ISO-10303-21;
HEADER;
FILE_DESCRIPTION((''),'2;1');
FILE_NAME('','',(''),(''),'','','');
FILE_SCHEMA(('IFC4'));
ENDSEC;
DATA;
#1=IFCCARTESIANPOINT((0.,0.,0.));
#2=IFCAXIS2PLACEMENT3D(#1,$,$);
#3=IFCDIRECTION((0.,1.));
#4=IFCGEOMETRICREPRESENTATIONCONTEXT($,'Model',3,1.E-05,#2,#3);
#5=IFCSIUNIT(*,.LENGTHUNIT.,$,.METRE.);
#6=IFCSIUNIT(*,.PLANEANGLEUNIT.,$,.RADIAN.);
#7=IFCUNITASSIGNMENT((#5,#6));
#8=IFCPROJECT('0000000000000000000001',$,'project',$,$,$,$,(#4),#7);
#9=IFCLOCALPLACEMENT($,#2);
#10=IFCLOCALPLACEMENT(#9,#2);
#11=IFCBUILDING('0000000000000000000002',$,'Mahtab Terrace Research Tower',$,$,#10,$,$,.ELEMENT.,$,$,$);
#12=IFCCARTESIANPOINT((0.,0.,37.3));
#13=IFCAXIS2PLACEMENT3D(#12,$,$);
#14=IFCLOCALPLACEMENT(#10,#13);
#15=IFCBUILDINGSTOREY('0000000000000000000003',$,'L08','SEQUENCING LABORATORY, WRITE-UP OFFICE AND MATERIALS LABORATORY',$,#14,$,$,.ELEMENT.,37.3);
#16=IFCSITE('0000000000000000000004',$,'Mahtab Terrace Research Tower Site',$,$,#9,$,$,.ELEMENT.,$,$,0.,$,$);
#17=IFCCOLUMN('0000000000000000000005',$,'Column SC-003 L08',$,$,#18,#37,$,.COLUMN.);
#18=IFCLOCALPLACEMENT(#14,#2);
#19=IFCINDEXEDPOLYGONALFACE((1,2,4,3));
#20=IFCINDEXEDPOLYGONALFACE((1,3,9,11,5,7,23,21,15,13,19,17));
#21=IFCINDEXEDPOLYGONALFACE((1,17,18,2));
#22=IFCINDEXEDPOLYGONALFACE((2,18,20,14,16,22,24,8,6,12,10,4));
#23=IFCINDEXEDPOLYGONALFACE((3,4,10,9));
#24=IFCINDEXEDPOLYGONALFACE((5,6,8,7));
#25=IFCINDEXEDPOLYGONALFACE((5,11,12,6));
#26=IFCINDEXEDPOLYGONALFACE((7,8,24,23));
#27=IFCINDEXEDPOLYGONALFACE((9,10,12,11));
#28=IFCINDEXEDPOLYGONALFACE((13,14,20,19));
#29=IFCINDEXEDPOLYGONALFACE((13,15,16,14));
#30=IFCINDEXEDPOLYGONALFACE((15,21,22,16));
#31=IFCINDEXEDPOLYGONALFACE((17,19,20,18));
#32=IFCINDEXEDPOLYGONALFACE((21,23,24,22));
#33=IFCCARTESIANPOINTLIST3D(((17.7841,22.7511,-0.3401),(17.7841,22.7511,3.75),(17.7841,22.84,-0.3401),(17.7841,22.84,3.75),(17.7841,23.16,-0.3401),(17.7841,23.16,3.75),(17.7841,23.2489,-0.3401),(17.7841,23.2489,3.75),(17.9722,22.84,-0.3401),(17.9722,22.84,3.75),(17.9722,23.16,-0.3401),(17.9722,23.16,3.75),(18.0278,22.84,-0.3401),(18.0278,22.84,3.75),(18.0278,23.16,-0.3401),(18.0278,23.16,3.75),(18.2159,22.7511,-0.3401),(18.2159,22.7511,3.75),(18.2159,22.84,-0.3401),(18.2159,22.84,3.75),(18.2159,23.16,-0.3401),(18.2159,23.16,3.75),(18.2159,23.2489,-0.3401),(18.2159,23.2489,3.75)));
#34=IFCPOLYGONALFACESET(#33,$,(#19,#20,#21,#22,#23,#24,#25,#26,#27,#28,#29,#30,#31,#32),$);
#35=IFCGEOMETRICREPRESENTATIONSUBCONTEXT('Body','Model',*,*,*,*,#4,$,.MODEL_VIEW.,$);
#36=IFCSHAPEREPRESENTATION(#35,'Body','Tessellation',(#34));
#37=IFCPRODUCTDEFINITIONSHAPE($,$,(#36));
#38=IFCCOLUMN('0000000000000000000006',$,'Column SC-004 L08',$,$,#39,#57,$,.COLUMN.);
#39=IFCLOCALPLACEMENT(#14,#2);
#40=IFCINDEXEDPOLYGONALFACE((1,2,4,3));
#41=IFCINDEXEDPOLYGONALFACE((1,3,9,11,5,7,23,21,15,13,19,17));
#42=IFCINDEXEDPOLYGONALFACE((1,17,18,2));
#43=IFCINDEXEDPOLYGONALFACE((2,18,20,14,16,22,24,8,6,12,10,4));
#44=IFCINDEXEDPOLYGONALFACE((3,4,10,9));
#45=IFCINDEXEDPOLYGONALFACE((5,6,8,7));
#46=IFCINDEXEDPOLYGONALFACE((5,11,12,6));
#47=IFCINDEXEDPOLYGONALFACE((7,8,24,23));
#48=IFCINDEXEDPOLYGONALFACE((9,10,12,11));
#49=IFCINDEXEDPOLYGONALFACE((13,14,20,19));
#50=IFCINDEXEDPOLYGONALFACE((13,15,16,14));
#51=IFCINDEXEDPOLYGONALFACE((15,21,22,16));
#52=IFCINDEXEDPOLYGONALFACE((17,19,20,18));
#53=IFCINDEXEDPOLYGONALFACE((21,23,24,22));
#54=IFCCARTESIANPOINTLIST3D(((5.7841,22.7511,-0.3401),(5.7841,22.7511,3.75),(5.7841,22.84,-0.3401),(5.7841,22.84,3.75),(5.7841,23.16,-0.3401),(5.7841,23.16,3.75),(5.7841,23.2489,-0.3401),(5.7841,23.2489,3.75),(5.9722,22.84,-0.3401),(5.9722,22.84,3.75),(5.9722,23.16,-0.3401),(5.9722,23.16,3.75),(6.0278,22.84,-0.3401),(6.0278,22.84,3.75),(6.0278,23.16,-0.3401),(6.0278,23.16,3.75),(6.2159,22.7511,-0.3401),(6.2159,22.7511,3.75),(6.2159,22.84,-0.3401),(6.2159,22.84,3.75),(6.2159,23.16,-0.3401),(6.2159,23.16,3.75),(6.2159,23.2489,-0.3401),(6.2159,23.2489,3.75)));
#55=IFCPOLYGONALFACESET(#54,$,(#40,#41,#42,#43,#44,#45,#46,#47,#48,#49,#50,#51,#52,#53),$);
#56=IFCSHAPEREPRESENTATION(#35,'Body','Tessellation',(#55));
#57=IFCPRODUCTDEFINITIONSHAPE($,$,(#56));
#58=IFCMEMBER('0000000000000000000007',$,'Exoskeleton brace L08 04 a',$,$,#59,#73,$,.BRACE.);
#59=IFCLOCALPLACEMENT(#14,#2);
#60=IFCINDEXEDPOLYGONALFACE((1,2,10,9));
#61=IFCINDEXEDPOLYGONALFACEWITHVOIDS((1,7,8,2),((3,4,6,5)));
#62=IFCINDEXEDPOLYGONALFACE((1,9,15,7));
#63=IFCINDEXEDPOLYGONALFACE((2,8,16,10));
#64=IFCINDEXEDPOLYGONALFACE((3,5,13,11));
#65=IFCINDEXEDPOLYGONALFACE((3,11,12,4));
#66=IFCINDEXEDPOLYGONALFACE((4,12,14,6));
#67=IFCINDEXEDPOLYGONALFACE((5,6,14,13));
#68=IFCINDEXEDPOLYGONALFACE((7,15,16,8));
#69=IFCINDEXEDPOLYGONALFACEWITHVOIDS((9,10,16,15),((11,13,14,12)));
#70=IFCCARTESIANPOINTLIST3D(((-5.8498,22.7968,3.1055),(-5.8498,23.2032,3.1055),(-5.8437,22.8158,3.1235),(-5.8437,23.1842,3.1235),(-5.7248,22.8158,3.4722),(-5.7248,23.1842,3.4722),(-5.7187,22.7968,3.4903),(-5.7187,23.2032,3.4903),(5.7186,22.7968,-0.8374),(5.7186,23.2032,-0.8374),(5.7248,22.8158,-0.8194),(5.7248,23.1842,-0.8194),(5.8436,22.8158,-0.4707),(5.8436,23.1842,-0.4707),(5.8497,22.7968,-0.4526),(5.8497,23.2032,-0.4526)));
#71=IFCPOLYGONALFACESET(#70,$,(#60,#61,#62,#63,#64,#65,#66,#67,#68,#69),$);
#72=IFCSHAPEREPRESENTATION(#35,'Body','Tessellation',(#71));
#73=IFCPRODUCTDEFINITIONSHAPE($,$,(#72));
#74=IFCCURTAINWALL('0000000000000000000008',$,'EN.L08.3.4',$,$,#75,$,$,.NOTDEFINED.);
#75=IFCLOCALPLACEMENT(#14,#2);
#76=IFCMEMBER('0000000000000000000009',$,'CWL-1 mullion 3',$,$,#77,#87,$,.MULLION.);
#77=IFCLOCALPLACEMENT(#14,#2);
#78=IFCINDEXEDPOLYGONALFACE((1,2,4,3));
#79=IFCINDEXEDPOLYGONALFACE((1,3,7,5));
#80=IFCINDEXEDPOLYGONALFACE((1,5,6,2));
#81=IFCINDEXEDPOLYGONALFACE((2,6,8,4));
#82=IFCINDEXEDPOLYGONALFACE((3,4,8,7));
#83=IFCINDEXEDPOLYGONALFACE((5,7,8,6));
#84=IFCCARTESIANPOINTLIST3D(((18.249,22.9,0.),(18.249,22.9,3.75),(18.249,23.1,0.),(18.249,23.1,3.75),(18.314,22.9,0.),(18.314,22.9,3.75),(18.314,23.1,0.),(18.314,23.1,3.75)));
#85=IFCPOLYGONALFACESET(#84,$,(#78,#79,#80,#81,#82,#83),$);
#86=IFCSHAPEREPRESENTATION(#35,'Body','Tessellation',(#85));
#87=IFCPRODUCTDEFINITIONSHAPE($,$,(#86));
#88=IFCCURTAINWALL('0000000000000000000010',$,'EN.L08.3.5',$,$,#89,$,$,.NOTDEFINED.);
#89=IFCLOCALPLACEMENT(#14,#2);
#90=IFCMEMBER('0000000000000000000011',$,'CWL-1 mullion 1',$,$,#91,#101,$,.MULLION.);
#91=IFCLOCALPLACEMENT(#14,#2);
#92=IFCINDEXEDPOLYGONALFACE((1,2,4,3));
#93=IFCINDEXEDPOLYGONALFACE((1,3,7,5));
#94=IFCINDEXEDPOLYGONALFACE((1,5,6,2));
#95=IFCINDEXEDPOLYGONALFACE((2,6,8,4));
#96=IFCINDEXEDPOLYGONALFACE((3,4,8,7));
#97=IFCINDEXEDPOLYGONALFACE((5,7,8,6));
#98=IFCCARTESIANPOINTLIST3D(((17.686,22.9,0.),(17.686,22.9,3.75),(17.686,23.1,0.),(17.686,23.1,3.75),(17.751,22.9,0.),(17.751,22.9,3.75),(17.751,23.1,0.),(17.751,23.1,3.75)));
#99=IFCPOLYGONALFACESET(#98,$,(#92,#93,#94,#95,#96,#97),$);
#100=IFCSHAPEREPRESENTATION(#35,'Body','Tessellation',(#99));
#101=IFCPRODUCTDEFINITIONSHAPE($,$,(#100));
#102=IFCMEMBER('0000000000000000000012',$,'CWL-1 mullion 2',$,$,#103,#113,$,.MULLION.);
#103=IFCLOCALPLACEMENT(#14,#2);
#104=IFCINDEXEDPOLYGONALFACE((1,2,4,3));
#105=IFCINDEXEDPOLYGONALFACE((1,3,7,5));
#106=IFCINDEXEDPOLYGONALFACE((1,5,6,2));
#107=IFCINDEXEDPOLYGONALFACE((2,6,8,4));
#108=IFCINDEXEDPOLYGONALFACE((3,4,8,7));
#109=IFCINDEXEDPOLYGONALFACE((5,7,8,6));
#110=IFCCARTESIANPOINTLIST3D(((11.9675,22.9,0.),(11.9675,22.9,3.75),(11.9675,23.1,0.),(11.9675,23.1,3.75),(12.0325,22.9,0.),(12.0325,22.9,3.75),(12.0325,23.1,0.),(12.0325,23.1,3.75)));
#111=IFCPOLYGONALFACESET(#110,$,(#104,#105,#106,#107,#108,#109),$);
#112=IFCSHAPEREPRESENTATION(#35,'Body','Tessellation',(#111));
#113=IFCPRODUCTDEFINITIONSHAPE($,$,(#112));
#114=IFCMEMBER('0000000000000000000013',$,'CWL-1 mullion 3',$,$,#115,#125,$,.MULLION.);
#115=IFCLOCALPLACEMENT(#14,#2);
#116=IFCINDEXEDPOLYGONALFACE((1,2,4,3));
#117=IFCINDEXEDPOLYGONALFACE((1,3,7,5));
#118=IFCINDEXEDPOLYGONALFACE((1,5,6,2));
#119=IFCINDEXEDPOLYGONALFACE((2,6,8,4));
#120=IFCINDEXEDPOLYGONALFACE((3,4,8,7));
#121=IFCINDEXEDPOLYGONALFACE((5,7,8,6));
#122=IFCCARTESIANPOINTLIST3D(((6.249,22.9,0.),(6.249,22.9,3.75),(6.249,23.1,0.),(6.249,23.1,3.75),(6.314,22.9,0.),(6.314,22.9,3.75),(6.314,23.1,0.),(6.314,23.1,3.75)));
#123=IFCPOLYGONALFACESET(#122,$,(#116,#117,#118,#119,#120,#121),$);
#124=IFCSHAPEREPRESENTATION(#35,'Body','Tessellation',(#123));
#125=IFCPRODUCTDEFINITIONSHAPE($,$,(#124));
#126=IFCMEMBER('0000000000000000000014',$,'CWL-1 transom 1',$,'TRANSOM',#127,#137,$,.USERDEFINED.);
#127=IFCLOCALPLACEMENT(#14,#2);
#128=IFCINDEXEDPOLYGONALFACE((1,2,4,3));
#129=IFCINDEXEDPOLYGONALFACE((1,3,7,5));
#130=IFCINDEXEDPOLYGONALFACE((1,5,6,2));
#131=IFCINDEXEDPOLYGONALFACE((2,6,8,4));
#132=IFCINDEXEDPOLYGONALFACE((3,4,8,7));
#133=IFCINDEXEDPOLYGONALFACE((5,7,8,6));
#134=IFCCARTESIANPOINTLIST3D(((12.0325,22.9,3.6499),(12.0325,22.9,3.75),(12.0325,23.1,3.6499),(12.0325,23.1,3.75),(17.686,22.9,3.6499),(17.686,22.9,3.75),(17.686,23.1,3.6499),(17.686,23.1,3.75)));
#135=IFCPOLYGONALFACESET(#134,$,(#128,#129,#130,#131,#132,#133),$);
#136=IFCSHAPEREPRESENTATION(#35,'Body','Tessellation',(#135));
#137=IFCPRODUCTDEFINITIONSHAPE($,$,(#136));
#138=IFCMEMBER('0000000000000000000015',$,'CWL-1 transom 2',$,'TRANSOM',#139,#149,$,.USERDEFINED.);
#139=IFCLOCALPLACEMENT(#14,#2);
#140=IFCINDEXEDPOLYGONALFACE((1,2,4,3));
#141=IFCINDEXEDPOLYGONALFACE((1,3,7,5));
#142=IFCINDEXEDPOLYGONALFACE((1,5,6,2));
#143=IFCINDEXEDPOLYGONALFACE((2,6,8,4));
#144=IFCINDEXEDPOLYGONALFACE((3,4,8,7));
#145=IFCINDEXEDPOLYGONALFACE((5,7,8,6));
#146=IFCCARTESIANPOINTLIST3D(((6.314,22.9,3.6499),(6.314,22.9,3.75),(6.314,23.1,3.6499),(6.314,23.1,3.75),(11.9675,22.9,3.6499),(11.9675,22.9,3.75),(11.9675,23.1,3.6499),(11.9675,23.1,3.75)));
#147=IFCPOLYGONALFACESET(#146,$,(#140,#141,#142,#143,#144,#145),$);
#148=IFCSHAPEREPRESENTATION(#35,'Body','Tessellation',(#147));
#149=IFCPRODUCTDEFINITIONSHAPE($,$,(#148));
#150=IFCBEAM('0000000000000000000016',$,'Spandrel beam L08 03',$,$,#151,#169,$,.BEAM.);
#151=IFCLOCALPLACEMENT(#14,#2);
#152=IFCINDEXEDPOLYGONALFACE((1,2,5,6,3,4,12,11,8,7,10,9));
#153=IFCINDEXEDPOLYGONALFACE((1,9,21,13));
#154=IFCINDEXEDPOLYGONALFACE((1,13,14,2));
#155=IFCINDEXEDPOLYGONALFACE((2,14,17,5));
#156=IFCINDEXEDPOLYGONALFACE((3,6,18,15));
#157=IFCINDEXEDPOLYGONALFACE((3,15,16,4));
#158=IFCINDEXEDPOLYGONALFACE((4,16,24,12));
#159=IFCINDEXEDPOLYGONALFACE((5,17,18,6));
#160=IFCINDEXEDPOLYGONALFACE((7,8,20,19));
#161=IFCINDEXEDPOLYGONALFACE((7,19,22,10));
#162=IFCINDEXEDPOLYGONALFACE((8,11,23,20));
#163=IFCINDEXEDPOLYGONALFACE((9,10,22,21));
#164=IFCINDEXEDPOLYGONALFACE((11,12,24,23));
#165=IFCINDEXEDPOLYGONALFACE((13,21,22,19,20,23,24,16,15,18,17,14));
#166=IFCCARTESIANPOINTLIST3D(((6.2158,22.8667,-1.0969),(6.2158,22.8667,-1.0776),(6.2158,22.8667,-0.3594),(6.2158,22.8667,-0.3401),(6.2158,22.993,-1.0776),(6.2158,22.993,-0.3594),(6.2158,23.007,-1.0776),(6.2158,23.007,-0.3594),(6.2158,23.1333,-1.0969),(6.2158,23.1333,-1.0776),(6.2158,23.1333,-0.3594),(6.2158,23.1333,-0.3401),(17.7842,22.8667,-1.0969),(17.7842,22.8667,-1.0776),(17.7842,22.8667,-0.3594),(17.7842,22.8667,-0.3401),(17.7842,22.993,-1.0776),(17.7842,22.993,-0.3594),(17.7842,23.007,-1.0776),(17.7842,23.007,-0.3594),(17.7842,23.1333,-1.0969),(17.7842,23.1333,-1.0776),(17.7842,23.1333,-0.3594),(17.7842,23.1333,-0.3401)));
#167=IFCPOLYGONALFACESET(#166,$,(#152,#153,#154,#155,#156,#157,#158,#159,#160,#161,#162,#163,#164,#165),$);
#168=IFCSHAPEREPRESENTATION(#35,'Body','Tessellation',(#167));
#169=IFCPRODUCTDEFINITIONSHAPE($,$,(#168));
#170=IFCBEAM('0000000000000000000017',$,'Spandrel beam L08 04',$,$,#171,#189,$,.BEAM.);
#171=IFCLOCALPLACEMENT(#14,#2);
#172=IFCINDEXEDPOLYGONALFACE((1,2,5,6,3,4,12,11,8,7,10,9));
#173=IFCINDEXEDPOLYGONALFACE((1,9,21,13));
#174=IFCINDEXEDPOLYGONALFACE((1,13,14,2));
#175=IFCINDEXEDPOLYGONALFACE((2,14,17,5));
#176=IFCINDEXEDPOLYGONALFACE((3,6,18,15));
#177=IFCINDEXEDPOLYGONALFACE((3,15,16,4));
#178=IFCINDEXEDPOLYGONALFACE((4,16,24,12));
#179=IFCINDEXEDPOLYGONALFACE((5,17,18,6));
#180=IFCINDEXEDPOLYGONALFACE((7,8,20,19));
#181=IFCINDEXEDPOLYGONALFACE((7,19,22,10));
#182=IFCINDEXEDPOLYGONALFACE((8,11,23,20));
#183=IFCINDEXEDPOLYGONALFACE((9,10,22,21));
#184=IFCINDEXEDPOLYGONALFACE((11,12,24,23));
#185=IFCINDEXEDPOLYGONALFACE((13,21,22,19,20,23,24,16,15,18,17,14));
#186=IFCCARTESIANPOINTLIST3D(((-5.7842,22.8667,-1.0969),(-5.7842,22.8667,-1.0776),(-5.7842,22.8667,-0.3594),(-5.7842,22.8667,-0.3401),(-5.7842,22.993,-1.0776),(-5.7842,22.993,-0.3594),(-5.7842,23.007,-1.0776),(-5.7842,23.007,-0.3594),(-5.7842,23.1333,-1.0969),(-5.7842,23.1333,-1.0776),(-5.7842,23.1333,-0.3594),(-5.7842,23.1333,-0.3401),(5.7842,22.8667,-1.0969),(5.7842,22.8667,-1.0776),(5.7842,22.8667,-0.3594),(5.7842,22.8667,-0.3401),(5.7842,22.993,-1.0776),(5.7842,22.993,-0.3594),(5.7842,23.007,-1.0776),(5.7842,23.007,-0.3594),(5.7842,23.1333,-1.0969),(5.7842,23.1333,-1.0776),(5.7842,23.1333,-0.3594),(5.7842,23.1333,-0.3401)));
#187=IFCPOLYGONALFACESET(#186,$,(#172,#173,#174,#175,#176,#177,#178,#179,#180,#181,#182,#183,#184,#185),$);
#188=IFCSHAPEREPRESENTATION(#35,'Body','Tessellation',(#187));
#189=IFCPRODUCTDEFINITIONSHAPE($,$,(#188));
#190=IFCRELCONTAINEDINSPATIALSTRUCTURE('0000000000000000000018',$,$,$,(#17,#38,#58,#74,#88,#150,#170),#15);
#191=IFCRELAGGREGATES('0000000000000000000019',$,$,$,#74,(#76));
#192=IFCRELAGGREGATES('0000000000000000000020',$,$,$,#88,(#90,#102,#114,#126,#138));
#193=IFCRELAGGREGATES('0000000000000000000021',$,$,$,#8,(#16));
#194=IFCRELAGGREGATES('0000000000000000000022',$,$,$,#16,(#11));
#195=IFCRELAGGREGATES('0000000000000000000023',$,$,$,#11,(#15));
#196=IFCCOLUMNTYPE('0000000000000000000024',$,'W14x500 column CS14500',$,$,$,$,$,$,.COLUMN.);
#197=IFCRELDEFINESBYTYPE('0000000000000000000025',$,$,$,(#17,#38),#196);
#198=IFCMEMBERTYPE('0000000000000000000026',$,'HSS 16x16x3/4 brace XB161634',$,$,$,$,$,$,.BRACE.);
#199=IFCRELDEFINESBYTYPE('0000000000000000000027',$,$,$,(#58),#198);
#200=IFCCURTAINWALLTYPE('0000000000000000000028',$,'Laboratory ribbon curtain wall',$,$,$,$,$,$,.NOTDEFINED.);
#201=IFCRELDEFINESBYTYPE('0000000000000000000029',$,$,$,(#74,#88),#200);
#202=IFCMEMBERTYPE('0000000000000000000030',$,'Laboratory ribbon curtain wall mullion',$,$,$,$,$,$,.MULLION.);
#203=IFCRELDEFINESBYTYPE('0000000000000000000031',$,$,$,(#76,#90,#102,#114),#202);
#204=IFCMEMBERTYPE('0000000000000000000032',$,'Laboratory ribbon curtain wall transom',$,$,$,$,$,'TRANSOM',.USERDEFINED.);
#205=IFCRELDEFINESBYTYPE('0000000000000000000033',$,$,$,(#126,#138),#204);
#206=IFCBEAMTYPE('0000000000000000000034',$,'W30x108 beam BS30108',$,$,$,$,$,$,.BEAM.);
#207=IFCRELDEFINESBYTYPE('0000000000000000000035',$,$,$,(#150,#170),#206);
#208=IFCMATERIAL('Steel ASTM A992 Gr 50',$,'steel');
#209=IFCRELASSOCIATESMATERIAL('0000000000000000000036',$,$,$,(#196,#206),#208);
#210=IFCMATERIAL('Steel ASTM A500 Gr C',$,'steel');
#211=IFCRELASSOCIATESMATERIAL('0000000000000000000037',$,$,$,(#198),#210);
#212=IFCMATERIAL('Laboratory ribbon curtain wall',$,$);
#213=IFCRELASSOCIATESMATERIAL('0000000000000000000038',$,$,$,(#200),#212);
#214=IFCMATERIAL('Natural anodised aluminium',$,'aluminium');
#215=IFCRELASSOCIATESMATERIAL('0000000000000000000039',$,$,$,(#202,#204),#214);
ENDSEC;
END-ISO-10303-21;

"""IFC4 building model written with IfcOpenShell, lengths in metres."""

from ifc_helpers import new_model, si_unit, direction, frame, origin, origin_2d, place, context, subcontext, project, spatial, rectangle, hollow_rectangle, i_section, extrude, material, material_profile, profile_set, type_object, element, aggregate, save


model = new_model("IFC4")

# Units and contexts
model_context = context("Model", 3, precision=1e-05, world=origin(), true_north=direction((0.0, 1.0)))
body_context = subcontext(model_context, "Body", "Model", "MODEL_VIEW")
ifc_project = project(units=[si_unit("LENGTHUNIT", "METRE"), si_unit("PLANEANGLEUNIT", "RADIAN")], contexts=[model_context])

# Site, building, storey
site_placement = place(None, origin())
site = spatial("IfcSite", under=ifc_project, at=site_placement, Name="Mahtab Terrace Research Tower Site", CompositionType="ELEMENT", RefElevation=0.0)
building_placement = place(site_placement, origin())
building = spatial("IfcBuilding", under=site, at=building_placement, Name="Mahtab Terrace Research Tower", CompositionType="ELEMENT")
storey_placement = place(building_placement, frame((0.0, 0.0, 37.3)))
storey = spatial("IfcBuildingStorey", under=building, at=storey_placement, Name="L08", Description="SEQUENCING LABORATORY, WRITE-UP OFFICE AND MATERIALS LABORATORY", CompositionType="ELEMENT", Elevation=37.3)

# Columns
ifc_material_1 = material(Name="Steel ASTM A992 Gr 50", Category="steel")
ifc_material_profile_1 = material_profile(ifc_material_1, i_section(OverallWidth=0.4319, OverallDepth=0.4978, WebThickness=0.0557, FlangeThickness=0.0889, at=origin_2d()), Name="W14X500")
ifc_profile_set_1 = profile_set([ifc_material_profile_1], Name="Steel ASTM A992 Gr 50")
column_type = type_object("IfcColumnType", Name="W14x500 column CS14500", PredefinedType="COLUMN", material=ifc_profile_set_1)
for number, where, z_axis, x_axis, name in (
    (1, (18.0, 23.0, -0.3401), (0.0, 0.0, 1.0), (1.0, 0.0, 0.0), "Column SC-003 L08"),
    (2, (6.0, 23.0, -0.3401), (0.0, 0.0, 1.0), (1.0, 0.0, 0.0), "Column SC-004 L08"),
):
    element("IfcColumn", number, at=place(storey_placement, frame(where, z_axis=z_axis, x_axis=x_axis)), inside=storey, type_object=column_type, Name=name, PredefinedType="COLUMN", context=body_context, shape_type="SweptSolid", body=[
        extrude(i_section(OverallWidth=0.4319, OverallDepth=0.4978, WebThickness=0.0557, FlangeThickness=0.0889, at=origin_2d()), origin(), (0.0, 0.0, 1.0), 4.0901),
    ])

# Member
ifc_material_2 = material(Name="Steel ASTM A500 Gr C", Category="steel")
ifc_material_profile_2 = material_profile(ifc_material_2, hollow_rectangle(XDim=0.4065, YDim=0.4065, WallThickness=0.019, at=origin_2d()), Name="HSS16X16X3/4")
ifc_profile_set_2 = profile_set([ifc_material_profile_2], Name="Steel ASTM A500 Gr C")
member_type_1 = type_object("IfcMemberType", Name="HSS 16x16x3/4 brace XB161634", PredefinedType="BRACE", material=ifc_profile_set_2)
member_1_placement = place(storey_placement, frame((5.7842, 23.0, -0.645), z_axis=(-0.946532, 0.0, 0.322609), x_axis=(0.0, -1.0, 0.0)))
element("IfcMember", 3, at=member_1_placement, inside=storey, type_object=member_type_1, Name="Exoskeleton brace L08 04 a", PredefinedType="BRACE", context=body_context, shape_type="SweptSolid", body=[
    extrude(hollow_rectangle(XDim=0.4065, YDim=0.4065, WallThickness=0.019, at=origin_2d()), origin(), (0.0, 0.0, 1.0), 12.2219),
])

# Curtain wall, member
ifc_material_3 = material(Name="Laboratory ribbon curtain wall")
curtain_wall_type = type_object("IfcCurtainWallType", Name="Laboratory ribbon curtain wall", PredefinedType="NOTDEFINED", material=ifc_material_3)
curtain_wall_1_placement = place(storey_placement, origin())
curtain_wall_1 = element("IfcCurtainWall", 4, at=curtain_wall_1_placement, inside=storey, type_object=curtain_wall_type, Name="EN.L08.3.4", PredefinedType="NOTDEFINED")
ifc_material_4 = material(Name="Natural anodised aluminium", Category="aluminium")
ifc_material_profile_3 = material_profile(ifc_material_4, rectangle(XDim=0.2, YDim=0.0649, at=origin_2d()), Name="MULLION 65x200")
ifc_profile_set_3 = profile_set([ifc_material_profile_3], Name="Natural anodised aluminium")
member_type_2 = type_object("IfcMemberType", Name="Laboratory ribbon curtain wall mullion", PredefinedType="MULLION", material=ifc_profile_set_3)
member_2_placement = place(storey_placement, frame((18.2815, 23.0, 0.0), z_axis=(0.0, 0.0, 1.0), x_axis=(0.0, -1.0, 0.0)))
member_2 = element("IfcMember", 5, at=member_2_placement, type_object=member_type_2, Name="CWL-1 mullion 3", PredefinedType="MULLION", context=body_context, shape_type="SweptSolid", body=[
    extrude(rectangle(XDim=0.2, YDim=0.0649, at=origin_2d()), origin(), (0.0, 0.0, 1.0), 3.75),
])
aggregate(curtain_wall_1, [member_2])

# Curtain wall, members
curtain_wall_2_placement = place(storey_placement, origin())
curtain_wall_2 = element("IfcCurtainWall", 6, at=curtain_wall_2_placement, inside=storey, type_object=curtain_wall_type, Name="EN.L08.3.5", PredefinedType="NOTDEFINED")
member_3_placement = place(storey_placement, frame((17.7185, 23.0, 0.0), z_axis=(0.0, 0.0, 1.0), x_axis=(0.0, -1.0, 0.0)))
member_3 = element("IfcMember", 7, at=member_3_placement, type_object=member_type_2, Name="CWL-1 mullion 1", PredefinedType="MULLION", context=body_context, shape_type="SweptSolid", body=[
    extrude(rectangle(XDim=0.2, YDim=0.0649, at=origin_2d()), origin(), (0.0, 0.0, 1.0), 3.75),
])
member_4_placement = place(storey_placement, frame((12.0, 23.0, 0.0), z_axis=(0.0, 0.0, 1.0), x_axis=(0.0, -1.0, 0.0)))
member_4 = element("IfcMember", 8, at=member_4_placement, type_object=member_type_2, Name="CWL-1 mullion 2", PredefinedType="MULLION", context=body_context, shape_type="SweptSolid", body=[
    extrude(rectangle(XDim=0.2, YDim=0.0649, at=origin_2d()), origin(), (0.0, 0.0, 1.0), 3.75),
])
member_5_placement = place(storey_placement, frame((6.2815, 23.0, 0.0), z_axis=(0.0, 0.0, 1.0), x_axis=(0.0, -1.0, 0.0)))
member_5 = element("IfcMember", 9, at=member_5_placement, type_object=member_type_2, Name="CWL-1 mullion 3", PredefinedType="MULLION", context=body_context, shape_type="SweptSolid", body=[
    extrude(rectangle(XDim=0.2, YDim=0.0649, at=origin_2d()), origin(), (0.0, 0.0, 1.0), 3.75),
])
ifc_material_profile_4 = material_profile(ifc_material_4, rectangle(XDim=0.2, YDim=0.1001, at=origin_2d()), Name="TRANSOM 100x200")
ifc_profile_set_4 = profile_set([ifc_material_profile_4], Name="Natural anodised aluminium")
member_type_3 = type_object("IfcMemberType", Name="Laboratory ribbon curtain wall transom", ElementType="TRANSOM", PredefinedType="USERDEFINED", material=ifc_profile_set_4)
member_6_placement = place(storey_placement, frame((17.686, 23.0, 3.7), z_axis=(-1.0, 0.0, 0.0), x_axis=(0.0, -1.0, 0.0)))
member_6 = element("IfcMember", 10, at=member_6_placement, type_object=member_type_3, Name="CWL-1 transom 1", ObjectType="TRANSOM", PredefinedType="USERDEFINED", context=body_context, shape_type="SweptSolid", body=[
    extrude(rectangle(XDim=0.2, YDim=0.1001, at=origin_2d()), origin(), (0.0, 0.0, 1.0), 5.6536),
])
member_7_placement = place(storey_placement, frame((11.9675, 23.0, 3.7), z_axis=(-1.0, 0.0, 0.0), x_axis=(0.0, -1.0, 0.0)))
member_7 = element("IfcMember", 11, at=member_7_placement, type_object=member_type_3, Name="CWL-1 transom 2", ObjectType="TRANSOM", PredefinedType="USERDEFINED", context=body_context, shape_type="SweptSolid", body=[
    extrude(rectangle(XDim=0.2, YDim=0.1001, at=origin_2d()), origin(), (0.0, 0.0, 1.0), 5.6536),
])

# Beams
ifc_material_profile_5 = material_profile(ifc_material_1, i_section(OverallWidth=0.2666, OverallDepth=0.7568, WebThickness=0.0139, FlangeThickness=0.0193, at=origin_2d()), Name="W30X108")
ifc_profile_set_5 = profile_set([ifc_material_profile_5], Name="Steel ASTM A992 Gr 50")
beam_type = type_object("IfcBeamType", Name="W30x108 beam BS30108", PredefinedType="BEAM", material=ifc_profile_set_5)
for number, where, z_axis, x_axis, name in (
    (12, (17.7842, 23.0, -0.7185), (-1.0, 0.0, 0.0), (0.0, -1.0, 0.0), "Spandrel beam L08 03"),
    (13, (5.7842, 23.0, -0.7185), (-1.0, 0.0, 0.0), (0.0, -1.0, 0.0), "Spandrel beam L08 04"),
):
    element("IfcBeam", number, at=place(storey_placement, frame(where, z_axis=z_axis, x_axis=x_axis)), inside=storey, type_object=beam_type, Name=name, PredefinedType="BEAM", context=body_context, shape_type="SweptSolid", body=[
        extrude(i_section(OverallWidth=0.2666, OverallDepth=0.7568, WebThickness=0.0139, FlangeThickness=0.0193, at=origin_2d()), origin(), (0.0, 0.0, 1.0), 11.5684),
    ])

aggregate(curtain_wall_2, [member_3, member_4, member_5, member_6, member_7])

save(model, "model.ifc")
